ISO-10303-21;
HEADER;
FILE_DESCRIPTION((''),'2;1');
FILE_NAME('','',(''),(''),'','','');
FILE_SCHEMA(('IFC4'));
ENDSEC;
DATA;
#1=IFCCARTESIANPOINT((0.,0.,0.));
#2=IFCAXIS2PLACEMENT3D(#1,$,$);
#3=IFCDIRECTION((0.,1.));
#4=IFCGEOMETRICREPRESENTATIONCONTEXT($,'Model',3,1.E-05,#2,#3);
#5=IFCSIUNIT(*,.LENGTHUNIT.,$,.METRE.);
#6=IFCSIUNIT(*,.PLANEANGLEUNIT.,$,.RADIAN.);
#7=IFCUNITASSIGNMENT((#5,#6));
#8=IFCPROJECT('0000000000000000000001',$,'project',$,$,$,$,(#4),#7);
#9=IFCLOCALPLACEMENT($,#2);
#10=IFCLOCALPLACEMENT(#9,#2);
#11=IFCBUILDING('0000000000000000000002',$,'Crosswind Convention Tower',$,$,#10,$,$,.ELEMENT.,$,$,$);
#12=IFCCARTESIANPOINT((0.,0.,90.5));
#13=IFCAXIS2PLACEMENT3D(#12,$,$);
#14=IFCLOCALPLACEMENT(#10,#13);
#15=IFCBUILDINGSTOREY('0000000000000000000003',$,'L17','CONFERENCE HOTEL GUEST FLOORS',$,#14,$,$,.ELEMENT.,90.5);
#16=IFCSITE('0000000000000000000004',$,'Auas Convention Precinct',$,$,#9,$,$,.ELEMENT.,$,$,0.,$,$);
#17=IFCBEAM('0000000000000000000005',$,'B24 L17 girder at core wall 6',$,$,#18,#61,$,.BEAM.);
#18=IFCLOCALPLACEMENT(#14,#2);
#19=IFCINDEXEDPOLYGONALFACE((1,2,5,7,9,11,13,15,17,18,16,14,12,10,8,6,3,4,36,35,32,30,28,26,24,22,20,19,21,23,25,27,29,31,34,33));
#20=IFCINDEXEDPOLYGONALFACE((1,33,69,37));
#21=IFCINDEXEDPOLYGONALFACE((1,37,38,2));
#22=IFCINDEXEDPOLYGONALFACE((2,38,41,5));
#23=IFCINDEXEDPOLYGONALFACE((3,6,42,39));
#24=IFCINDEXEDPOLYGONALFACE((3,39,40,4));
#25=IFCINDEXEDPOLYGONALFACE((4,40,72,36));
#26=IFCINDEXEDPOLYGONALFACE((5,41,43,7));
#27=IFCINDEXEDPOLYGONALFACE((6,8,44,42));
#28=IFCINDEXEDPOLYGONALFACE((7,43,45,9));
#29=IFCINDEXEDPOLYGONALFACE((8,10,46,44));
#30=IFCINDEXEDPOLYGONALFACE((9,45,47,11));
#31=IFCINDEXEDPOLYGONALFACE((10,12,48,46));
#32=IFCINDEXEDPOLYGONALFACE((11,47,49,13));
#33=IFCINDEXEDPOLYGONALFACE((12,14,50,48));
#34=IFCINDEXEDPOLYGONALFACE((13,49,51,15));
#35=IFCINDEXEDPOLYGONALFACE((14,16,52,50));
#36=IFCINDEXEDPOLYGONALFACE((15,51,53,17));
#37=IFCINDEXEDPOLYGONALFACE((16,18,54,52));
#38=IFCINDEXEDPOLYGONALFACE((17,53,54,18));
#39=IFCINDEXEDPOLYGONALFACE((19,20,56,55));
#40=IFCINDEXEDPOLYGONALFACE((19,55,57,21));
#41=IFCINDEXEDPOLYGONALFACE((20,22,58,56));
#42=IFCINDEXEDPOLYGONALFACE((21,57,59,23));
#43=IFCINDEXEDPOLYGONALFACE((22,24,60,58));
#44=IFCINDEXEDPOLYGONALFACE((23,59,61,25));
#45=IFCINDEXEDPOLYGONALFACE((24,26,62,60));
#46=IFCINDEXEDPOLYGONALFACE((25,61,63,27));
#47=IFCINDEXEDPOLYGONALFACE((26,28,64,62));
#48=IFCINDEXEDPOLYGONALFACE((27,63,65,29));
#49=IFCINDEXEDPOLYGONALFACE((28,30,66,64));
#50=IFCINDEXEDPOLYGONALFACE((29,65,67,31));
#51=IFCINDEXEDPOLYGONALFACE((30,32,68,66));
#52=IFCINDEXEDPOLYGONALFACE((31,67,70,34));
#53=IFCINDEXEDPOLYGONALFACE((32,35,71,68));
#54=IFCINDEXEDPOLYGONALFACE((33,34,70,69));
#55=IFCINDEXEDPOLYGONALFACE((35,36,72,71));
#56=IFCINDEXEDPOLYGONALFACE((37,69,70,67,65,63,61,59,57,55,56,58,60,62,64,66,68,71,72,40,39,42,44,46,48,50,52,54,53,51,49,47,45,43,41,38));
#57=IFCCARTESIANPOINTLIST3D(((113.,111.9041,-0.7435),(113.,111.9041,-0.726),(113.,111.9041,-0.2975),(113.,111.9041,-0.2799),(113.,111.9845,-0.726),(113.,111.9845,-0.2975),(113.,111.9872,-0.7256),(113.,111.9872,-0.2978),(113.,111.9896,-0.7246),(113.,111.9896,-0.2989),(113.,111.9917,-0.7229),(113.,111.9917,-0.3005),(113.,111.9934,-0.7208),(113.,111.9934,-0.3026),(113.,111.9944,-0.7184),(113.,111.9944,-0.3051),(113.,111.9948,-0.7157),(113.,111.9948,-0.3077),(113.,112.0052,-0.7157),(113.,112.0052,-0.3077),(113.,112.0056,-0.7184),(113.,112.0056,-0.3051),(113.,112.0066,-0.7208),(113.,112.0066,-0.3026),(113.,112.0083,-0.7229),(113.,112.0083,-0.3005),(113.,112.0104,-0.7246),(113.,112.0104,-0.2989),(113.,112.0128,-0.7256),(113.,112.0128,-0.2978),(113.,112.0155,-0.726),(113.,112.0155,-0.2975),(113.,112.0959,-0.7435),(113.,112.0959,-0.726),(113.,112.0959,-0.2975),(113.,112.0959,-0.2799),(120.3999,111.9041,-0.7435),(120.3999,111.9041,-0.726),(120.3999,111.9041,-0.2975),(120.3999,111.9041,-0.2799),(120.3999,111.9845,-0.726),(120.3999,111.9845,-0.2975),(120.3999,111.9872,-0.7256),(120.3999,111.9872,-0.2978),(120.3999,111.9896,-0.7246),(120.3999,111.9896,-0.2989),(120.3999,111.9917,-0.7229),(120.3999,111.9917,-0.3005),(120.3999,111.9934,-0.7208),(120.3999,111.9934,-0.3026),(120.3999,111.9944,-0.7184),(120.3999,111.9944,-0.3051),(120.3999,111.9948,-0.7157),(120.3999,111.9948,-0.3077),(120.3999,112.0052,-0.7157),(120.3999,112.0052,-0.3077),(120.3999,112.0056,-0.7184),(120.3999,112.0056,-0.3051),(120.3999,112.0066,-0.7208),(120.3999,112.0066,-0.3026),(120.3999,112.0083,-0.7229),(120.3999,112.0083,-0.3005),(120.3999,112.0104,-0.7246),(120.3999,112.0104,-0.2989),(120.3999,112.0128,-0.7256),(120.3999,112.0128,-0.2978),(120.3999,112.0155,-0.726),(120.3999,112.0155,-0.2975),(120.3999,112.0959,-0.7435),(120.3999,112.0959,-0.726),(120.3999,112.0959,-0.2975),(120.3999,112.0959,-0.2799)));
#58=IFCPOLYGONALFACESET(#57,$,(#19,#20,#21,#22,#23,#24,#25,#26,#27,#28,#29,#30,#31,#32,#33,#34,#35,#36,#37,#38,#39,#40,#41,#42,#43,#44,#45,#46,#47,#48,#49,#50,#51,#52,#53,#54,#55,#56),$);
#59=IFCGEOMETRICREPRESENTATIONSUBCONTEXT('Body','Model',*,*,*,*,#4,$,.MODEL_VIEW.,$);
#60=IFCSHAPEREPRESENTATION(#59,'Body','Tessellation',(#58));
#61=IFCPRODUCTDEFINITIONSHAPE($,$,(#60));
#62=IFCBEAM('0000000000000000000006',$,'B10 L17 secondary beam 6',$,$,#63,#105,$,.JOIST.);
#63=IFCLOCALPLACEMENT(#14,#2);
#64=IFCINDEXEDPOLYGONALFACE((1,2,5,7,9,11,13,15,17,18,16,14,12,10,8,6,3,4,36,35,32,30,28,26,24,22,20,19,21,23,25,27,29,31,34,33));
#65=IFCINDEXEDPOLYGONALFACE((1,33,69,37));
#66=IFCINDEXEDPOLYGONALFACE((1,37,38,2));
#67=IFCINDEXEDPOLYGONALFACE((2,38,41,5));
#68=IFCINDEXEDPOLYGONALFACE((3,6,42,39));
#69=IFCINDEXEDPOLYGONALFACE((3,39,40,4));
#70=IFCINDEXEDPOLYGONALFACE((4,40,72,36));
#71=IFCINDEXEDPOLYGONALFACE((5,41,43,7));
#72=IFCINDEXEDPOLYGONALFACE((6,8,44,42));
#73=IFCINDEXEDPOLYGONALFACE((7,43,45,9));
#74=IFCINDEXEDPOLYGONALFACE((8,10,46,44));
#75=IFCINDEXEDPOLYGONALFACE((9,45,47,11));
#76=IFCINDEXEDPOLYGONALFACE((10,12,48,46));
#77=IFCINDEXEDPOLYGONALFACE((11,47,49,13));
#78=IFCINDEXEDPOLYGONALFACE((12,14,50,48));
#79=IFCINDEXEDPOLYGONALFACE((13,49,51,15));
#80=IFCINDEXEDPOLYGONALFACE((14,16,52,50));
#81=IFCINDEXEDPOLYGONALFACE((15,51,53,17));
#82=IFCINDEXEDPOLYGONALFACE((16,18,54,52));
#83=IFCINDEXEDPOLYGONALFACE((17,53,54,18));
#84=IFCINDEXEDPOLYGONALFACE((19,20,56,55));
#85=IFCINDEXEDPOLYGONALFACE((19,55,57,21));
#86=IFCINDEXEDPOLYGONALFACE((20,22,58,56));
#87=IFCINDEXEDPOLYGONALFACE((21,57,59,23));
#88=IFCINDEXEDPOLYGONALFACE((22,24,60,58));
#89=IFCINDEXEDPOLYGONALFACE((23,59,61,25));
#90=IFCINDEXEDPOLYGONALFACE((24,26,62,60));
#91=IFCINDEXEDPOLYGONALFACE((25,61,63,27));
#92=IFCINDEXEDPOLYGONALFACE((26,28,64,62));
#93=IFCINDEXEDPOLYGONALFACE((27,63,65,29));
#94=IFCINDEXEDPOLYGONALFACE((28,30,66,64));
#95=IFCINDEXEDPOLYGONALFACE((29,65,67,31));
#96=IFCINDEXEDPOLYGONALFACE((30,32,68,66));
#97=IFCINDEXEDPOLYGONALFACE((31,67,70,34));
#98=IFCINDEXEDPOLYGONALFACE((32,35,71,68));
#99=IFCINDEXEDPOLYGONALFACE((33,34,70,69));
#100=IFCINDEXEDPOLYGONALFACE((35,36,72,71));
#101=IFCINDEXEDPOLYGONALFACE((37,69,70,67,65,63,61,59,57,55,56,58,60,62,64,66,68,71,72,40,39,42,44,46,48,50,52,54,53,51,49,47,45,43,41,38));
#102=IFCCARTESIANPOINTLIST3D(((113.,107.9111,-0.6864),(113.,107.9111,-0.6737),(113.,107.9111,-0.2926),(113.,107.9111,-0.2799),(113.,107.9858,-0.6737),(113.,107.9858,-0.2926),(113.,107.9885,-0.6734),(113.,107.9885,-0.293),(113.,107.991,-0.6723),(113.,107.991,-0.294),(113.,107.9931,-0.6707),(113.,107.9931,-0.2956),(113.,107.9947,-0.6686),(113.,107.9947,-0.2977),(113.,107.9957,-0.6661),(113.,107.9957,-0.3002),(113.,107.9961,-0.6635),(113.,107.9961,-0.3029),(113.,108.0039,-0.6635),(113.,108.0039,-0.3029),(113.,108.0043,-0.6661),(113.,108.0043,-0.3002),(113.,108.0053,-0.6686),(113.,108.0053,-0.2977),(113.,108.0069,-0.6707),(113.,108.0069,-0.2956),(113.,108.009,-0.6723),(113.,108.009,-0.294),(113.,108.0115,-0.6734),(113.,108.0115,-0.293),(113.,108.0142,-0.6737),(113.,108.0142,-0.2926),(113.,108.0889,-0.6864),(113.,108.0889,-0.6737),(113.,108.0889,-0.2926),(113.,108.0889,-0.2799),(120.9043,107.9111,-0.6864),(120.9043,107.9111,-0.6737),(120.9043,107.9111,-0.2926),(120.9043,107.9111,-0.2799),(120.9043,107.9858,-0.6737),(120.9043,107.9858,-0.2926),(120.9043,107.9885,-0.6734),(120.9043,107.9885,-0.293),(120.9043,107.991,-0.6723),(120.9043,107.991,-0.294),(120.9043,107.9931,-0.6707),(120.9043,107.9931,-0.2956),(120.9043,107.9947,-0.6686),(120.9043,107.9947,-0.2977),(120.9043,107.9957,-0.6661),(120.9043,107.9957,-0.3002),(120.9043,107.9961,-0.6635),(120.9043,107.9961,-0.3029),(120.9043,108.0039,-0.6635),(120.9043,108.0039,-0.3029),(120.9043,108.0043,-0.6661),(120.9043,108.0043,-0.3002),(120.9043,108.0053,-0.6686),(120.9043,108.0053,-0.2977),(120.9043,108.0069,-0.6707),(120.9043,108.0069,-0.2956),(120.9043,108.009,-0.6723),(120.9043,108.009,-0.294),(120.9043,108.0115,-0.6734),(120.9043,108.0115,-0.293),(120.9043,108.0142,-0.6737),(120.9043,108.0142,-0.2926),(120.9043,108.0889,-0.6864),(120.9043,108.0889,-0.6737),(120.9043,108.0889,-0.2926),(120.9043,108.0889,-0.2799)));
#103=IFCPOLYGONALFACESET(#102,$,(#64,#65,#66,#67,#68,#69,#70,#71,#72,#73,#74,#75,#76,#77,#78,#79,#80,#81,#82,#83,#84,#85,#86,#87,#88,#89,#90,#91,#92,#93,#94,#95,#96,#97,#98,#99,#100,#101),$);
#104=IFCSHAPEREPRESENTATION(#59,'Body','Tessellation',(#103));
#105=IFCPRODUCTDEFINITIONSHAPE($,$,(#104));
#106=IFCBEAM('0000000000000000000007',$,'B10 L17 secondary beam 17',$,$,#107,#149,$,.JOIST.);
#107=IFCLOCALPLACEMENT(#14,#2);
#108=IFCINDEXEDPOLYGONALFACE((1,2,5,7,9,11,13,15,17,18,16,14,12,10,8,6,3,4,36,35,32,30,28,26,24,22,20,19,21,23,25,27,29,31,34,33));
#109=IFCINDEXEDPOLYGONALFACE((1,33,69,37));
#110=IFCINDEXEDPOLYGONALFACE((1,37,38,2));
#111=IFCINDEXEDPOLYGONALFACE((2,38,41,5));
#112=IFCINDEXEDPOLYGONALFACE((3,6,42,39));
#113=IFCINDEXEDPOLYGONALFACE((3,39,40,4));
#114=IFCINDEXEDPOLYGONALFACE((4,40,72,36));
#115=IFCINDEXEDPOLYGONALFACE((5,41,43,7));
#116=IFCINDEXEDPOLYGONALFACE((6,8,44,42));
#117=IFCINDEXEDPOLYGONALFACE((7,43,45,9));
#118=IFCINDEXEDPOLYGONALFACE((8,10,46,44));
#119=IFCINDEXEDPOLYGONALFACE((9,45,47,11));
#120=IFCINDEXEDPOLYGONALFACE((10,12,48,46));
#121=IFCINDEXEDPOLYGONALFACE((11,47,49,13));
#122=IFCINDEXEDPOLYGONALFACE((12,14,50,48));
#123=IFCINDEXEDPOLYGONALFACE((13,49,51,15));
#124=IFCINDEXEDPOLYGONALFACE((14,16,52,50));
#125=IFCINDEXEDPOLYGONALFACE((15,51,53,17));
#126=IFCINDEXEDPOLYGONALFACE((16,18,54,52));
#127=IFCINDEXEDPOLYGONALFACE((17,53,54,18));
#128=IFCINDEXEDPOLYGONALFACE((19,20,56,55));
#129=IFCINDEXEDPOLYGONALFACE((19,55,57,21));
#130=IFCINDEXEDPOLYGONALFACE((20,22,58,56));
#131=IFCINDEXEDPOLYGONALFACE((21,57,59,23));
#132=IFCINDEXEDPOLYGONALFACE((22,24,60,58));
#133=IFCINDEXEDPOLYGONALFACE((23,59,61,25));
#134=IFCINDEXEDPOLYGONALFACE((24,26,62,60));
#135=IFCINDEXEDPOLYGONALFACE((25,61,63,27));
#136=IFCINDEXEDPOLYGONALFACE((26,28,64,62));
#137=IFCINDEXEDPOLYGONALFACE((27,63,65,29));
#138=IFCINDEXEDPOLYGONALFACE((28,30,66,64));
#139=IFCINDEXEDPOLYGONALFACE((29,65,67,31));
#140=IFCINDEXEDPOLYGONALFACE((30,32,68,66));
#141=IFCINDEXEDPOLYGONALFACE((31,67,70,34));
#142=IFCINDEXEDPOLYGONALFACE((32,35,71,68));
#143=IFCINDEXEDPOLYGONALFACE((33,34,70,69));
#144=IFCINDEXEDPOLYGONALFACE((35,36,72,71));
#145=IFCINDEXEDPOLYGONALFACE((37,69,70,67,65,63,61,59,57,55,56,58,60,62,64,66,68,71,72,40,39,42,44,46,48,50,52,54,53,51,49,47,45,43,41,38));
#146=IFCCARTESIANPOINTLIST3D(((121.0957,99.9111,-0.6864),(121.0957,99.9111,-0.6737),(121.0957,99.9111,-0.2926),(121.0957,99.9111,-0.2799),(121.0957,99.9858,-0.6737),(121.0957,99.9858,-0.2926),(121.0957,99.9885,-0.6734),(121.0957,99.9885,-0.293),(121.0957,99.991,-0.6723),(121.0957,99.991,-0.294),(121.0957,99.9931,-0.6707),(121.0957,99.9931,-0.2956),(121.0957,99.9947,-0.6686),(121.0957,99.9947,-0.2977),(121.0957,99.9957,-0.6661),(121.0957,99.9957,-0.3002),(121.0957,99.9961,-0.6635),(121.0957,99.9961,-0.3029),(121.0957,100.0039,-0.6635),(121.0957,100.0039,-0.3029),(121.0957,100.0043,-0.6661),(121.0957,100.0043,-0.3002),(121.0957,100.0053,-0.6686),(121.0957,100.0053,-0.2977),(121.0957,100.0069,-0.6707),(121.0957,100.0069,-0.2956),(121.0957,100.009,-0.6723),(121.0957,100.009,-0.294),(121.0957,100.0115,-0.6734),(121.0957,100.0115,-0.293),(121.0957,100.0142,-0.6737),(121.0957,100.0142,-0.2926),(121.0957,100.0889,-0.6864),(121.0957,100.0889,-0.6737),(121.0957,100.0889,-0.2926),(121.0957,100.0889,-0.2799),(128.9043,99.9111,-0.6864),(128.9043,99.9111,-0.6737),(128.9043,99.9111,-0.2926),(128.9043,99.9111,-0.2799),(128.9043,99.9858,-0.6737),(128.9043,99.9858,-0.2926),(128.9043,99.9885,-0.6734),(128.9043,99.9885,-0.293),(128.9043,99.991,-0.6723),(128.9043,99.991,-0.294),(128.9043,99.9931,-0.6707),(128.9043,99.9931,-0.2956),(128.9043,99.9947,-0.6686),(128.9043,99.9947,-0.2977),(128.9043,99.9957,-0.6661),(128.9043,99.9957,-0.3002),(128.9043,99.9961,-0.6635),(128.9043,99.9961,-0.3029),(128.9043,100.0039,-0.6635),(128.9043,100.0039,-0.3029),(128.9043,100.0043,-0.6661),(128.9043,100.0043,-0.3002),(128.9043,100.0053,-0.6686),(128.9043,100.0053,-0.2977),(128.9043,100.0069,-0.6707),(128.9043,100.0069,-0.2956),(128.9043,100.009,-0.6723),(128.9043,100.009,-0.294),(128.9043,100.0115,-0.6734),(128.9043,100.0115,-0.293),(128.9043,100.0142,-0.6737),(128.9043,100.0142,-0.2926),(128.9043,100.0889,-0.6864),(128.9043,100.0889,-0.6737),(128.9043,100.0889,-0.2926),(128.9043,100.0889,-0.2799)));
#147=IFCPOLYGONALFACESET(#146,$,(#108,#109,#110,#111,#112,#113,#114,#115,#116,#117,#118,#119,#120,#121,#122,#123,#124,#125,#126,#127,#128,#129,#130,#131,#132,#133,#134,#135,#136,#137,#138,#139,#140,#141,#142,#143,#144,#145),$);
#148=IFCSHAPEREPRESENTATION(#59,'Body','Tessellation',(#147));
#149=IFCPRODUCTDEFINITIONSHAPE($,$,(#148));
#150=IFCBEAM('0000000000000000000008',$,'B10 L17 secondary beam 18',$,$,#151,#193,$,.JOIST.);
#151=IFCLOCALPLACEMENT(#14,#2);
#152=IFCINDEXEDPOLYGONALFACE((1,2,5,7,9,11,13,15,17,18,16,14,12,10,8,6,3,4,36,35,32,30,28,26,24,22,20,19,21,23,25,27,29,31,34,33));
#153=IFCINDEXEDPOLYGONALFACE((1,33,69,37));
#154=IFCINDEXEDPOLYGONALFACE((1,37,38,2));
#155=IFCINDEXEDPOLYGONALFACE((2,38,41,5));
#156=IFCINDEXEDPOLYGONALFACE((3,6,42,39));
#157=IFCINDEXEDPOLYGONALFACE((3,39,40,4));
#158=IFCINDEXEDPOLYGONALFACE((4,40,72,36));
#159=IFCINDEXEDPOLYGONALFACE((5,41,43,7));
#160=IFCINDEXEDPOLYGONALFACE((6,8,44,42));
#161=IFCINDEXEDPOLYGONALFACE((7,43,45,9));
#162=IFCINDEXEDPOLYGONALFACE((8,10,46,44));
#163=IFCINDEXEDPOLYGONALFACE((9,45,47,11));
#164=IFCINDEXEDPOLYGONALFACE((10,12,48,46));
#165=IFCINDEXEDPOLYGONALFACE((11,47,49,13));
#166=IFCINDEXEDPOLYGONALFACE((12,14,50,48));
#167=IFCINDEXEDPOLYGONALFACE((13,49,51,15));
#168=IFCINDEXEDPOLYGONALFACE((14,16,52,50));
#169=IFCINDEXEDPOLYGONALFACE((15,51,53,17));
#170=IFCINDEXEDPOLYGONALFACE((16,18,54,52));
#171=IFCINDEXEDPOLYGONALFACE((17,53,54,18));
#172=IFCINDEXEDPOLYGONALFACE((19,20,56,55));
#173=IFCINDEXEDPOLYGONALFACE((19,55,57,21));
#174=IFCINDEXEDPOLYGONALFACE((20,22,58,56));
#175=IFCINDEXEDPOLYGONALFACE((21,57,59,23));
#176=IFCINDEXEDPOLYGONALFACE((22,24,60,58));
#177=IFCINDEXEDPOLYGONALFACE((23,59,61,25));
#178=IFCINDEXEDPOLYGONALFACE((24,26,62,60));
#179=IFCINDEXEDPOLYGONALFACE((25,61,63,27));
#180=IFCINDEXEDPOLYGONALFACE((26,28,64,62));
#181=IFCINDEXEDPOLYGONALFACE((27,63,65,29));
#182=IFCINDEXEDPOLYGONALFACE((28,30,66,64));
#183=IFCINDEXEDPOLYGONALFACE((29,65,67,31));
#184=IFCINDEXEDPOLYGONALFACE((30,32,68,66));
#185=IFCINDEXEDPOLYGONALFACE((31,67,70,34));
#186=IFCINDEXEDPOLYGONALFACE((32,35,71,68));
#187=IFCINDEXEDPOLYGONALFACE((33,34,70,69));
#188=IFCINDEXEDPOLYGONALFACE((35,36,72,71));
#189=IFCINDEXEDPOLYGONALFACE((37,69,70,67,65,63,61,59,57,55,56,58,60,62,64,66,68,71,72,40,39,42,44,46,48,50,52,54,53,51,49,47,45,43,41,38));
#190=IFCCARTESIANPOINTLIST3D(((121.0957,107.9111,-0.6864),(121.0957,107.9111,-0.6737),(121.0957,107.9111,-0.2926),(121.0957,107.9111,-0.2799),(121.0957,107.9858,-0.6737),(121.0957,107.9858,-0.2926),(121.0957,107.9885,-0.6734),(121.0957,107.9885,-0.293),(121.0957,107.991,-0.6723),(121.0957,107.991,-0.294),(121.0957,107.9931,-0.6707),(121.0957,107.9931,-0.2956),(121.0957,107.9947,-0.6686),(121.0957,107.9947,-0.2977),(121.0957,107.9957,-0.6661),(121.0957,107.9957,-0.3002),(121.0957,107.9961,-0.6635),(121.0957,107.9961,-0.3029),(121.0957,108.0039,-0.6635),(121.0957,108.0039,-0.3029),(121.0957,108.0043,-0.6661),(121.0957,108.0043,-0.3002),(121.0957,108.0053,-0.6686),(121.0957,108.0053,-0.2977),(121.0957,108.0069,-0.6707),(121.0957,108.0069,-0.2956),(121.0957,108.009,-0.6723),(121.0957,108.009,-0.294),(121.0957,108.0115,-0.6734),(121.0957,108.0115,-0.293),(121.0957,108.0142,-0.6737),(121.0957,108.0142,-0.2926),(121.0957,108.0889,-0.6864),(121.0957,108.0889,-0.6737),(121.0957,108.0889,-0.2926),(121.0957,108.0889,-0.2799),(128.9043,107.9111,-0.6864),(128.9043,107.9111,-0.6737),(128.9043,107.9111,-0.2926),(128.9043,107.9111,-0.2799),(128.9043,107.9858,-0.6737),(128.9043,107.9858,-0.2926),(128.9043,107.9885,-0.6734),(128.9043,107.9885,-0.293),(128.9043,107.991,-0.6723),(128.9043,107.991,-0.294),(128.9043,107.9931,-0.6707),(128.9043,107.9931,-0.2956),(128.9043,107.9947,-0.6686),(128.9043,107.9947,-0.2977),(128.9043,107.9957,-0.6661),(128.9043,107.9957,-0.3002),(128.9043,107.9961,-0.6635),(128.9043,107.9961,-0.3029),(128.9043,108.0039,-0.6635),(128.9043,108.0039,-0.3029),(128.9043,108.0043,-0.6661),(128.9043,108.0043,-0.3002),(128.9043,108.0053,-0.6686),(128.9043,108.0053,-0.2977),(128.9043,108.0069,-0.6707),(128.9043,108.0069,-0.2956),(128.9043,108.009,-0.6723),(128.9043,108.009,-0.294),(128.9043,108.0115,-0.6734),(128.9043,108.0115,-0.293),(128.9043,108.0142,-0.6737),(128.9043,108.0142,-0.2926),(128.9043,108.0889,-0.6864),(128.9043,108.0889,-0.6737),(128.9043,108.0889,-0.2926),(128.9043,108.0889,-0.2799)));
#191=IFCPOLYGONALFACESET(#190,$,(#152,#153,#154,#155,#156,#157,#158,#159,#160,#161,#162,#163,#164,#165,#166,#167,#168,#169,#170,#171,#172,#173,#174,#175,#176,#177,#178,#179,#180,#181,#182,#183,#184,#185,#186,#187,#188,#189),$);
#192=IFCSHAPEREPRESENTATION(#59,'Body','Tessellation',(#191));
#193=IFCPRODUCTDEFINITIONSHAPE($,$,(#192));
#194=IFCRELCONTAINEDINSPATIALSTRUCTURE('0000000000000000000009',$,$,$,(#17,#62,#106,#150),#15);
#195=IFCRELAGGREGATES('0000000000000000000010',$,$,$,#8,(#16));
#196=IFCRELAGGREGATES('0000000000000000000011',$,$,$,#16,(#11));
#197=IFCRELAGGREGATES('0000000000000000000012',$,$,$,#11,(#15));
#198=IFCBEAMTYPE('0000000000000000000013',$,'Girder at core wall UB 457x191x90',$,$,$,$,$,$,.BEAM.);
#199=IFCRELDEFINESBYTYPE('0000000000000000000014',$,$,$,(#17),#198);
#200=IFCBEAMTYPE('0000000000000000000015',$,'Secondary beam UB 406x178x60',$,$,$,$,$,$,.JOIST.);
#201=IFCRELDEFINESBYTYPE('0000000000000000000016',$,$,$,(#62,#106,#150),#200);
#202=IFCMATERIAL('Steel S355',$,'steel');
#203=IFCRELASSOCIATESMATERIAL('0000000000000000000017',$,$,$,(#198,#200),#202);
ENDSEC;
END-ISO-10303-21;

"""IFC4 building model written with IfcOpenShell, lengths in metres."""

from ifc_helpers import new_model, si_unit, direction, frame, origin, origin_2d, place, context, subcontext, project, spatial, i_section, extrude, material, material_profile, profile_set, type_object, element, save


model = new_model("IFC4")

# Units and contexts
model_context = context("Model", 3, precision=1e-05, world=origin(), true_north=direction((0.0, 1.0)))
body_context = subcontext(model_context, "Body", "Model", "MODEL_VIEW")
ifc_project = project(units=[si_unit("LENGTHUNIT", "METRE"), si_unit("PLANEANGLEUNIT", "RADIAN")], contexts=[model_context])

# Site, building, storey
site_placement = place(None, origin())
site = spatial("IfcSite", under=ifc_project, at=site_placement, Name="Auas Convention Precinct", CompositionType="ELEMENT", RefElevation=0.0)
building_placement = place(site_placement, origin())
building = spatial("IfcBuilding", under=site, at=building_placement, Name="Crosswind Convention Tower", CompositionType="ELEMENT")
storey_placement = place(building_placement, frame((0.0, 0.0, 90.5)))
storey = spatial("IfcBuildingStorey", under=building, at=storey_placement, Name="L17", Description="CONFERENCE HOTEL GUEST FLOORS", CompositionType="ELEMENT", Elevation=90.5)

# Beams
ifc_material_1 = material(Name="Steel S355", Category="steel")
ifc_material_profile_1 = material_profile(ifc_material_1, i_section(OverallWidth=0.1919, OverallDepth=0.4636, WebThickness=0.0105, FlangeThickness=0.0176, FilletRadius=0.0103, at=origin_2d()), Name="UB 457x191x90")
ifc_profile_set_1 = profile_set([ifc_material_profile_1], Name="Steel S355")
beam_type_1 = type_object("IfcBeamType", Name="Girder at core wall UB 457x191x90", PredefinedType="BEAM", material=ifc_profile_set_1)
beam_1_placement = place(storey_placement, frame((113.0, 112.0, -0.5117), z_axis=(1.0, 0.0, 0.0), x_axis=(0.0, 1.0, 0.0)))
element("IfcBeam", 1, at=beam_1_placement, inside=storey, type_object=beam_type_1, Name="B24 L17 girder at core wall 6", PredefinedType="BEAM", context=body_context, shape_type="SweptSolid", body=[
    extrude(i_section(OverallWidth=0.1919, OverallDepth=0.4636, WebThickness=0.0105, FlangeThickness=0.0176, FilletRadius=0.0103, at=origin_2d()), origin(), (0.0, 0.0, 1.0), 7.3999),
])
ifc_material_profile_2 = material_profile(ifc_material_1, i_section(OverallWidth=0.1777, OverallDepth=0.4065, WebThickness=0.0078, FlangeThickness=0.0127, FilletRadius=0.0103, at=origin_2d()), Name="UB 406x178x60")
ifc_profile_set_2 = profile_set([ifc_material_profile_2], Name="Steel S355")
beam_type_2 = type_object("IfcBeamType", Name="Secondary beam UB 406x178x60", PredefinedType="JOIST", material=ifc_profile_set_2)
beam_2_placement = place(storey_placement, frame((113.0, 108.0, -0.4832), z_axis=(1.0, 0.0, 0.0), x_axis=(0.0, 1.0, 0.0)))
element("IfcBeam", 2, at=beam_2_placement, inside=storey, type_object=beam_type_2, Name="B10 L17 secondary beam 6", PredefinedType="JOIST", context=body_context, shape_type="SweptSolid", body=[
    extrude(i_section(OverallWidth=0.1777, OverallDepth=0.4065, WebThickness=0.0078, FlangeThickness=0.0127, FilletRadius=0.0103, at=origin_2d()), origin(), (0.0, 0.0, 1.0), 7.9043),
])
for number, where, z_axis, x_axis, name in (
    (3, (121.0957, 100.0, -0.4832), (1.0, 0.0, 0.0), (0.0, 1.0, 0.0), "B10 L17 secondary beam 17"),
    (4, (121.0957, 108.0, -0.4832), (1.0, 0.0, 0.0), (0.0, 1.0, 0.0), "B10 L17 secondary beam 18"),
):
    element("IfcBeam", number, at=place(storey_placement, frame(where, z_axis=z_axis, x_axis=x_axis)), inside=storey, type_object=beam_type_2, Name=name, PredefinedType="JOIST", context=body_context, shape_type="SweptSolid", body=[
        extrude(i_section(OverallWidth=0.1777, OverallDepth=0.4065, WebThickness=0.0078, FlangeThickness=0.0127, FilletRadius=0.0103, at=origin_2d()), origin(), (0.0, 0.0, 1.0), 7.8086),
    ])

save(model, "model.ifc")
